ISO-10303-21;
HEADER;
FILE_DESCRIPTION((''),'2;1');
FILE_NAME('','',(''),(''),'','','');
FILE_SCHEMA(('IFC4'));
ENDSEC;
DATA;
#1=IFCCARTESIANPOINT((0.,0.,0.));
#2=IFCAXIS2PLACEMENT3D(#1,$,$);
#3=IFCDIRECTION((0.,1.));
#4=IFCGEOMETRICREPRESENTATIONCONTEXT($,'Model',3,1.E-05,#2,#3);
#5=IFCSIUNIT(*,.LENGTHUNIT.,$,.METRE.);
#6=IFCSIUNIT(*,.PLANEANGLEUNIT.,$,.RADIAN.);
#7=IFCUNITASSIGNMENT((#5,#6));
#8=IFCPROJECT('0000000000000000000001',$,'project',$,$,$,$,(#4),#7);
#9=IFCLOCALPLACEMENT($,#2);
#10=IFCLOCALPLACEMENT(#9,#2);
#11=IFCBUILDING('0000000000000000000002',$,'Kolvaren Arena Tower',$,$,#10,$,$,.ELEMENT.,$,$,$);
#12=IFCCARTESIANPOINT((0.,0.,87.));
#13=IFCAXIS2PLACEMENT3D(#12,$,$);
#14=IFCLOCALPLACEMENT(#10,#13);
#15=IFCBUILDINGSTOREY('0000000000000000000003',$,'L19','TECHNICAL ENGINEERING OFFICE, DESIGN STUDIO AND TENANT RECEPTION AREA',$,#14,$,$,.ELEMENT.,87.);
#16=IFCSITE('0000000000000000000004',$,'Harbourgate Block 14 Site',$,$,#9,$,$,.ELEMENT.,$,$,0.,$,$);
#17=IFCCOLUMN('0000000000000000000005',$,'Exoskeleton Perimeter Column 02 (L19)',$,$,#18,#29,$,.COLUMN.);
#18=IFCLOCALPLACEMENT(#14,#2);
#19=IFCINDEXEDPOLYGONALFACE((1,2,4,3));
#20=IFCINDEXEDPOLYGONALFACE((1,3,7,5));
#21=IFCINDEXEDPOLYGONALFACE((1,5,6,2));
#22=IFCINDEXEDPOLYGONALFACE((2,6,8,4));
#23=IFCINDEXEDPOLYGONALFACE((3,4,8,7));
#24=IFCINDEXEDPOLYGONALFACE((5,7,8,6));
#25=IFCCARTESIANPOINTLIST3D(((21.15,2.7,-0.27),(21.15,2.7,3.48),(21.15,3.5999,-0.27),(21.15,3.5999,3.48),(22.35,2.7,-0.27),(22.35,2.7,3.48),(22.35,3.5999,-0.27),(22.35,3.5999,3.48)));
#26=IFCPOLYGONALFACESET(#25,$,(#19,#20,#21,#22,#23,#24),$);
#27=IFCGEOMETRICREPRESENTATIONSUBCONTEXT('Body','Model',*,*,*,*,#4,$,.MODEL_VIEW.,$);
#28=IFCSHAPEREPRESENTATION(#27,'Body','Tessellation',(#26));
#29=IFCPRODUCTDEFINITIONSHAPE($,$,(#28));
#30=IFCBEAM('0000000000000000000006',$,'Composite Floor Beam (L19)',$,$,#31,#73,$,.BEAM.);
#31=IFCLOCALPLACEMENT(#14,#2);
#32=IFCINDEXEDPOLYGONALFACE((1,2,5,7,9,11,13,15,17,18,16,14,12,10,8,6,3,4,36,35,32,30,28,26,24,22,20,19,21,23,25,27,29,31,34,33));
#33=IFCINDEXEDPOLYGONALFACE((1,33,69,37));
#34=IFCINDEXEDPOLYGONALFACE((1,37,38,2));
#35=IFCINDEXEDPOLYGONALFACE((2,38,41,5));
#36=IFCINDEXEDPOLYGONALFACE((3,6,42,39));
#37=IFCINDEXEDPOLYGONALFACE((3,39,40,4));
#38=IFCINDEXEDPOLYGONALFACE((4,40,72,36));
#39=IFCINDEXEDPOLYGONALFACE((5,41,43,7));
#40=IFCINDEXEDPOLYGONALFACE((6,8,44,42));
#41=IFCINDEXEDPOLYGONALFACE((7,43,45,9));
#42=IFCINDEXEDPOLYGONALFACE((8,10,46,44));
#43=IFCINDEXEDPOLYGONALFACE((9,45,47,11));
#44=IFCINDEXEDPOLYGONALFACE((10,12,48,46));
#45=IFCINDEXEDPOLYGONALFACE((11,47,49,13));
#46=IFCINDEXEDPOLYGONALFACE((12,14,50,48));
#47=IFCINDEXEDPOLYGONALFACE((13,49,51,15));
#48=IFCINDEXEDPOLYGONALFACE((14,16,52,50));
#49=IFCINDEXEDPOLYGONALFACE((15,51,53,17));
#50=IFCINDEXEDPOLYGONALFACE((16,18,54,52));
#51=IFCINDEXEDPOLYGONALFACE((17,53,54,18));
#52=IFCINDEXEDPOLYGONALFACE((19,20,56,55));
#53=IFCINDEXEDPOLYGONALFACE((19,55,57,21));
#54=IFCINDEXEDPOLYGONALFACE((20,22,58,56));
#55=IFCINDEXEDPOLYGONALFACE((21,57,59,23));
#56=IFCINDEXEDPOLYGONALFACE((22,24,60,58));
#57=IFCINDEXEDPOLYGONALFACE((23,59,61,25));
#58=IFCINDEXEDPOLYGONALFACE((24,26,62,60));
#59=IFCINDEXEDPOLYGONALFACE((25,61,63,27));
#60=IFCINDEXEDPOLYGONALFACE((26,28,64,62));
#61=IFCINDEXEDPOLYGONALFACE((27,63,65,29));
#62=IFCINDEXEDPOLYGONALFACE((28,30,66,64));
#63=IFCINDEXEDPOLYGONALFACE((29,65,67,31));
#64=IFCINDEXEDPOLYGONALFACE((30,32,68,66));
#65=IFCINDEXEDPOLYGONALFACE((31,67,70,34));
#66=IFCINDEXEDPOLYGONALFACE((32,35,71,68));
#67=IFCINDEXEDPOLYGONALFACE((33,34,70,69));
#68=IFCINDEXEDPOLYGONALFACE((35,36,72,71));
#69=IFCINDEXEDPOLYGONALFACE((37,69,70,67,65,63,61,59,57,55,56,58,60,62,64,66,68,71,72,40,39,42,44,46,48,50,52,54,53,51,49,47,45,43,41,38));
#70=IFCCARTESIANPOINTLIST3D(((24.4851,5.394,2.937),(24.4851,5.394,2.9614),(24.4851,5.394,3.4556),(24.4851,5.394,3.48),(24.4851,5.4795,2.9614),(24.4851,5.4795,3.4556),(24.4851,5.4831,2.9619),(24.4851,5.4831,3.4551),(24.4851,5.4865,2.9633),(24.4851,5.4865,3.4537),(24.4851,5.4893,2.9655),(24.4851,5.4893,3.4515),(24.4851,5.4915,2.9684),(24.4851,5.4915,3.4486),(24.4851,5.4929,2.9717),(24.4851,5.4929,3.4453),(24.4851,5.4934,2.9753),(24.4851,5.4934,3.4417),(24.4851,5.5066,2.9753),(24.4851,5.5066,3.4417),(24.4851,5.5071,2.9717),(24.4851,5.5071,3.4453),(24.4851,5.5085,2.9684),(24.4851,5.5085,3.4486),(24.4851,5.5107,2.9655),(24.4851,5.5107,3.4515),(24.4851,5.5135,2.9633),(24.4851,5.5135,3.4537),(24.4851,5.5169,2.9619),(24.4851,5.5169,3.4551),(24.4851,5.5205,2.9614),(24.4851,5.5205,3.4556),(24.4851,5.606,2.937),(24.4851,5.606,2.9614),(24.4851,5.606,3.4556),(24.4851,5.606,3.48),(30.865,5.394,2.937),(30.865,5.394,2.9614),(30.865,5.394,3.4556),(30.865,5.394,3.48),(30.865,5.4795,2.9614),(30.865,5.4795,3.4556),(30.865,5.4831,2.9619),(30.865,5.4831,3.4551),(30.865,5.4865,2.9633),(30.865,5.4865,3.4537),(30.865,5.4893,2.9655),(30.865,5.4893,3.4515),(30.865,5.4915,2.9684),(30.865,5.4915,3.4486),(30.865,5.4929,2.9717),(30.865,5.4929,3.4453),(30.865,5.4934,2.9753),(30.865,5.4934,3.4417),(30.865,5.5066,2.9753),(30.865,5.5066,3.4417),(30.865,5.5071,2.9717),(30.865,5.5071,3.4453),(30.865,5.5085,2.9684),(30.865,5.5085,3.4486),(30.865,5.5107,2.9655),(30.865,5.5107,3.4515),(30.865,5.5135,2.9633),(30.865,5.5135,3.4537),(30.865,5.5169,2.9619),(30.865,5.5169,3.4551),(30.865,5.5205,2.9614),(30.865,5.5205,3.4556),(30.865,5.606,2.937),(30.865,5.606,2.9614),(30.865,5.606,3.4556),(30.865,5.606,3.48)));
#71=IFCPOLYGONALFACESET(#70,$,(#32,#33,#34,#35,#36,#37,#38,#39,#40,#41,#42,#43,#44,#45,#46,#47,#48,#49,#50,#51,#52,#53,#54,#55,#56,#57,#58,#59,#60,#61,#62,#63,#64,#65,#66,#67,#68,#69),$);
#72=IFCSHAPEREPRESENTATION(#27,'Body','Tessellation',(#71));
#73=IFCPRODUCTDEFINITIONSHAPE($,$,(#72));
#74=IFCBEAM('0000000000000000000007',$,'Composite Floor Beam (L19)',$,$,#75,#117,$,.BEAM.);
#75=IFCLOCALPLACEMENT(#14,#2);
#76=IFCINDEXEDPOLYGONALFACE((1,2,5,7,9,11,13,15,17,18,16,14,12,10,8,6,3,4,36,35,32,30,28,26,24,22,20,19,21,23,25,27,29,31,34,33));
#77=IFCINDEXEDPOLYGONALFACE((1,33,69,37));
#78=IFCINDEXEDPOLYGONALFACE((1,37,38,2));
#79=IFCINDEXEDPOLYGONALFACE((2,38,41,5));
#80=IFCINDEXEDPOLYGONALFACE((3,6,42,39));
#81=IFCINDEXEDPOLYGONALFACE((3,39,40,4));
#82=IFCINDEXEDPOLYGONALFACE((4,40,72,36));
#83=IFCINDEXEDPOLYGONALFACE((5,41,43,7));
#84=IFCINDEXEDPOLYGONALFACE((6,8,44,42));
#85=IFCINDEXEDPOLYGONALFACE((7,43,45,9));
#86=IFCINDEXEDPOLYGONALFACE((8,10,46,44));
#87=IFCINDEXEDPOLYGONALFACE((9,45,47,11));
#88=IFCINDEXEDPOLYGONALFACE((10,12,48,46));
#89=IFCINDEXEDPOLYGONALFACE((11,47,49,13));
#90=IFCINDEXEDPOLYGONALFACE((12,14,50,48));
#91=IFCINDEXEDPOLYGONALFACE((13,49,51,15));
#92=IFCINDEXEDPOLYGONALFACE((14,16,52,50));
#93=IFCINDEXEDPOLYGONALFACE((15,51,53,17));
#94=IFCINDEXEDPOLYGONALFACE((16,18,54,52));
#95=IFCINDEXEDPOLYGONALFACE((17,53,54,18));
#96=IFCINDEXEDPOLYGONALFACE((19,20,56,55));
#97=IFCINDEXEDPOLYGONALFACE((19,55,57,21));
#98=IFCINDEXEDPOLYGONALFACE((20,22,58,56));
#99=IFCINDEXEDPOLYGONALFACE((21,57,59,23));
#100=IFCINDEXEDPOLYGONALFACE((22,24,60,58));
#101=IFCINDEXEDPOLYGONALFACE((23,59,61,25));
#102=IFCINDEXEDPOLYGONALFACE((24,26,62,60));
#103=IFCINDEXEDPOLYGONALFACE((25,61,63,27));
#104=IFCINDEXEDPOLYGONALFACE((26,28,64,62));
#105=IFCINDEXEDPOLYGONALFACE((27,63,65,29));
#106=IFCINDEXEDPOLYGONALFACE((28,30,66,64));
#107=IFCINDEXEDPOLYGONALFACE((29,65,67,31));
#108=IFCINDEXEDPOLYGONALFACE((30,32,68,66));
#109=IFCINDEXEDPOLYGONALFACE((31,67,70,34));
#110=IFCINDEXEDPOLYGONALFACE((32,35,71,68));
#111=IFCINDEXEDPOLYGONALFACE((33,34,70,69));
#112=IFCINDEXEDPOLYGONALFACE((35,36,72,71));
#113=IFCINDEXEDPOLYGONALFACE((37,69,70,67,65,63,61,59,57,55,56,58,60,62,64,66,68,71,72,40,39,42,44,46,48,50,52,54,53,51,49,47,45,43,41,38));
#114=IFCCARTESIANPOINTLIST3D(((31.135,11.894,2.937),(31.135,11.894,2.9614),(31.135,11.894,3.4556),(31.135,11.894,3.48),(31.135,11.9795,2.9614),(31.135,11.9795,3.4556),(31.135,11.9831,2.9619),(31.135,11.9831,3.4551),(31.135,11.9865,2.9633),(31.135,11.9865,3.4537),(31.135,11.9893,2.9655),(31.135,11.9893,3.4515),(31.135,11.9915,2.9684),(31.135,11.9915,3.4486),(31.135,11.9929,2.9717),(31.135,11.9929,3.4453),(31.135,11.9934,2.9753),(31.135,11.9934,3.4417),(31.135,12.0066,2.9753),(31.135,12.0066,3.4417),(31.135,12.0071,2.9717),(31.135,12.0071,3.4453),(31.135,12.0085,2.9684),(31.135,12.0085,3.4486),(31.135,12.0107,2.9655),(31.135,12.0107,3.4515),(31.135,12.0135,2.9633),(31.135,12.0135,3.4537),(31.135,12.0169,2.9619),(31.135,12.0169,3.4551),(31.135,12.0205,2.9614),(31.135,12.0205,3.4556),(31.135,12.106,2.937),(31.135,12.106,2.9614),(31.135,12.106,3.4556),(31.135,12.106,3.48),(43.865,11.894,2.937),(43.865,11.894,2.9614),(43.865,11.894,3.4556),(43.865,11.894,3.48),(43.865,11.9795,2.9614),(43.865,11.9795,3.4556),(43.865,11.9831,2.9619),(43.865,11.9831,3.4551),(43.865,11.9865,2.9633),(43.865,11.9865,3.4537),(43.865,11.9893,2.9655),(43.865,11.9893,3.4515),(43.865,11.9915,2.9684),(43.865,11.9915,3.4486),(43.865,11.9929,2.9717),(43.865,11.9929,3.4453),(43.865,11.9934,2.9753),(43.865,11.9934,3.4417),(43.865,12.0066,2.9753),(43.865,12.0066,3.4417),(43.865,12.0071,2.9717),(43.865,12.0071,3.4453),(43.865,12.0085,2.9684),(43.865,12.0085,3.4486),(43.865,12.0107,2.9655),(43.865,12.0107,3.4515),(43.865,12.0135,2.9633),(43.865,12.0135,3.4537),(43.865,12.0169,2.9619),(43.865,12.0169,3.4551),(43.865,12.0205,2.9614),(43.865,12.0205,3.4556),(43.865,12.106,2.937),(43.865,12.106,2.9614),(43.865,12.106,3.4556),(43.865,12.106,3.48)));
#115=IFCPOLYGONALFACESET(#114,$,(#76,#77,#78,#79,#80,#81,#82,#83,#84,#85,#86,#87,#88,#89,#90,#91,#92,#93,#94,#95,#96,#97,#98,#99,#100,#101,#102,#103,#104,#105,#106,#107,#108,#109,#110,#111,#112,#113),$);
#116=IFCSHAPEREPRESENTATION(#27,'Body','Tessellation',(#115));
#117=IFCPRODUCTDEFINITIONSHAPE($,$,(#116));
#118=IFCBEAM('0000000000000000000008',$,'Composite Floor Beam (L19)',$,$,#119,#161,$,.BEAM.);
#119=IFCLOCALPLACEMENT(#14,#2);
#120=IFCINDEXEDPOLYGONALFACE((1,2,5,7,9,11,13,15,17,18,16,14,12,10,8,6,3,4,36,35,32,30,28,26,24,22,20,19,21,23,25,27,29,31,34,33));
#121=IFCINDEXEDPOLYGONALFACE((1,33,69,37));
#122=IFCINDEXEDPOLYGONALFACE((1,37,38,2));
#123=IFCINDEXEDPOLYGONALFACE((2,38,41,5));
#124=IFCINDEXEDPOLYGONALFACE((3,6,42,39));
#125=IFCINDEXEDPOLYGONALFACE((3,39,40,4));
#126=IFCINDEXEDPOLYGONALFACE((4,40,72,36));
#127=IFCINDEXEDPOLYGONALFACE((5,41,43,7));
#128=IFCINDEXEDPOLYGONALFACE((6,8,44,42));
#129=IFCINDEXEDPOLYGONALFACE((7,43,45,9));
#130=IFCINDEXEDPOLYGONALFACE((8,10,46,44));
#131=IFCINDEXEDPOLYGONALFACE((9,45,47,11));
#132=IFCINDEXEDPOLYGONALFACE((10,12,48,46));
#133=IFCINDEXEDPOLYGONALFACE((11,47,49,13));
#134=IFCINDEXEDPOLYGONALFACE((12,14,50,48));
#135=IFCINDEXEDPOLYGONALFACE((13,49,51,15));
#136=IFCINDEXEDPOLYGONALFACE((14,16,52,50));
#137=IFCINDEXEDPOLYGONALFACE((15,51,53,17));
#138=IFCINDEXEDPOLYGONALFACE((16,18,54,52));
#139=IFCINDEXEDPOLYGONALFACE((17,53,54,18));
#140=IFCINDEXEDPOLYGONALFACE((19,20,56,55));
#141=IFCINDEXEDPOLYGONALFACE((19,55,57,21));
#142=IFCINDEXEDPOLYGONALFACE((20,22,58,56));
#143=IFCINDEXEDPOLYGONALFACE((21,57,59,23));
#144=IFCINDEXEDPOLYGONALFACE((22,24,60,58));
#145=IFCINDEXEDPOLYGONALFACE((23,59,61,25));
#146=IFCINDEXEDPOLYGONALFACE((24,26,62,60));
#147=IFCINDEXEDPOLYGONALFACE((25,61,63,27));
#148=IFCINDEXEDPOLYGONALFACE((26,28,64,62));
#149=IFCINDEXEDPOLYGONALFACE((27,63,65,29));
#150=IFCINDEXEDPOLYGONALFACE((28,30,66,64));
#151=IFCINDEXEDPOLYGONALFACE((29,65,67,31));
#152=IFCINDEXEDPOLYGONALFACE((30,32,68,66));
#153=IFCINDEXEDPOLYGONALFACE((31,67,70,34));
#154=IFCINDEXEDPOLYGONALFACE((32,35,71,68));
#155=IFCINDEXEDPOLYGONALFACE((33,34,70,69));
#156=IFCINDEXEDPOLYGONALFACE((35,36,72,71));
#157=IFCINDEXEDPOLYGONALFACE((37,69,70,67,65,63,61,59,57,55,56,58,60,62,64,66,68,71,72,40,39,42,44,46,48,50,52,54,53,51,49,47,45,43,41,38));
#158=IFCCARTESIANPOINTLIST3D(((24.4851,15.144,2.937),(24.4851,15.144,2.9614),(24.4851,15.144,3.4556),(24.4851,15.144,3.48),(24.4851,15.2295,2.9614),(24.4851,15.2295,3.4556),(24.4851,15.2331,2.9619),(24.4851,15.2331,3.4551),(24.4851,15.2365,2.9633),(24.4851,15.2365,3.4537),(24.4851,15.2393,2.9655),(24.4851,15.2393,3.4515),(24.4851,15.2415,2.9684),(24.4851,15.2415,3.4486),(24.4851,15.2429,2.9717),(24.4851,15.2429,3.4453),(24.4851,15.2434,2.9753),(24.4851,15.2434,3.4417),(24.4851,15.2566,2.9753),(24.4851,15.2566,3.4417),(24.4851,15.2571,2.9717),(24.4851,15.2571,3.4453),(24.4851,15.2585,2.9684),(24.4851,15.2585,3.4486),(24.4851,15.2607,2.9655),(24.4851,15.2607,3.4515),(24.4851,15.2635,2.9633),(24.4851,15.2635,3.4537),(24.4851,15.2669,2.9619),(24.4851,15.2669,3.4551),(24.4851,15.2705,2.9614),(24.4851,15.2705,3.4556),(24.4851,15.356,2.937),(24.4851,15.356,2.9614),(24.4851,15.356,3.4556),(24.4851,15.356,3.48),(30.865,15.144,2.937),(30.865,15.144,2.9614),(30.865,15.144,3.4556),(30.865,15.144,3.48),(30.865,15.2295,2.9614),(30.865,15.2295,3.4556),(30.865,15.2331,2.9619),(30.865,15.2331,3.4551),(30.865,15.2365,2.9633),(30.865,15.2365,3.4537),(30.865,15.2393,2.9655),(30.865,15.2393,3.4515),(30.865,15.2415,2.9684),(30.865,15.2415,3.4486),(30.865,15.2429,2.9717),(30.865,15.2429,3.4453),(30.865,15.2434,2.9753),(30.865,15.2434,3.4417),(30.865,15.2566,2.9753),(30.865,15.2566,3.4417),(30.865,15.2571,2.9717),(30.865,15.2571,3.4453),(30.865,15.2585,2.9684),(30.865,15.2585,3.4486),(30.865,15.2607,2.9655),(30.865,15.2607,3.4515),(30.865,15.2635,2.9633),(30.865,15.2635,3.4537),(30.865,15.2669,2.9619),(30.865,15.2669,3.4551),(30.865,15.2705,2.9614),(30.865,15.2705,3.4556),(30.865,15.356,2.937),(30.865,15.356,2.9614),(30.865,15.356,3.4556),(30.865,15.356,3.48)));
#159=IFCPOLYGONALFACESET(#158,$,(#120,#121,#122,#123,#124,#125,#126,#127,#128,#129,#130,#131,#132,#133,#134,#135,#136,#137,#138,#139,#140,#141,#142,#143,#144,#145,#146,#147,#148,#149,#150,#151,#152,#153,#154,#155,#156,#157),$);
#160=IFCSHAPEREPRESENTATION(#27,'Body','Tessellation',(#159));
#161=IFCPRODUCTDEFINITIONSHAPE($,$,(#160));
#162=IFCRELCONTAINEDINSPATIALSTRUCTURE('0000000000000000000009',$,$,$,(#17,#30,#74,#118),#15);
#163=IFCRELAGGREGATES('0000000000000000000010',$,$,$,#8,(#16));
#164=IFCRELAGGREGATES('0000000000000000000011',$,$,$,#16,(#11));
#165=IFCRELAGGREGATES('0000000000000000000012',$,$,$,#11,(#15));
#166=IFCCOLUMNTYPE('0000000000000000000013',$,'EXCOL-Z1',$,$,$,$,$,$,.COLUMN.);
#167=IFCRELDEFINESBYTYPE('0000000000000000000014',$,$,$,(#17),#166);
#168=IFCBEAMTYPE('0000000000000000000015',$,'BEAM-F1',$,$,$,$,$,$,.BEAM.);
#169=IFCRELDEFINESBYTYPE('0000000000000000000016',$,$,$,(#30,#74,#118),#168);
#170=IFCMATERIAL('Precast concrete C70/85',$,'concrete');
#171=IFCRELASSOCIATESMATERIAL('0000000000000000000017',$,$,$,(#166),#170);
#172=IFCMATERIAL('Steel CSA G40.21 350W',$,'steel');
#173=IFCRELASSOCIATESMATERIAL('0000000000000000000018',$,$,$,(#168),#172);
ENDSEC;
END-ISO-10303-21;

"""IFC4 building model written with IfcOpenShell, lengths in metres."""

from ifc_helpers import new_model, si_unit, direction, frame, origin, origin_2d, place, context, subcontext, project, spatial, rectangle, i_section, extrude, material, material_profile, profile_set, type_object, element, save


model = new_model("IFC4")

# Units and contexts
model_context = context("Model", 3, precision=1e-05, world=origin(), true_north=direction((0.0, 1.0)))
body_context = subcontext(model_context, "Body", "Model", "MODEL_VIEW")
ifc_project = project(units=[si_unit("LENGTHUNIT", "METRE"), si_unit("PLANEANGLEUNIT", "RADIAN")], contexts=[model_context])

# Site, building, storey
site_placement = place(None, origin())
site = spatial("IfcSite", under=ifc_project, at=site_placement, Name="Harbourgate Block 14 Site", CompositionType="ELEMENT", RefElevation=0.0)
building_placement = place(site_placement, origin())
building = spatial("IfcBuilding", under=site, at=building_placement, Name="Kolvaren Arena Tower", CompositionType="ELEMENT")
storey_placement = place(building_placement, frame((0.0, 0.0, 87.0)))
storey = spatial("IfcBuildingStorey", under=building, at=storey_placement, Name="L19", Description="TECHNICAL ENGINEERING OFFICE, DESIGN STUDIO AND TENANT RECEPTION AREA", CompositionType="ELEMENT", Elevation=87.0)

# Column
ifc_material_1 = material(Name="Precast concrete C70/85", Category="concrete")
ifc_material_profile_1 = material_profile(ifc_material_1, rectangle(XDim=1.2, YDim=0.8999, at=origin_2d()), Name="RC-1200x900")
ifc_profile_set_1 = profile_set([ifc_material_profile_1], Name="Precast concrete C70/85")
column_type = type_object("IfcColumnType", Name="EXCOL-Z1", PredefinedType="COLUMN", material=ifc_profile_set_1)
column_placement = place(storey_placement, frame((21.75, 3.1499, -0.27), z_axis=(0.0, 0.0, 1.0), x_axis=(1.0, 0.0, 0.0)))
element("IfcColumn", 1, at=column_placement, inside=storey, type_object=column_type, Name="Exoskeleton Perimeter Column 02 (L19)", PredefinedType="COLUMN", context=body_context, shape_type="SweptSolid", body=[
    extrude(rectangle(XDim=1.2, YDim=0.8999, at=origin_2d()), origin(), (0.0, 0.0, 1.0), 3.75),
])

# Beams
ifc_material_2 = material(Name="Steel CSA G40.21 350W", Category="steel")
ifc_material_profile_2 = material_profile(ifc_material_2, i_section(OverallWidth=0.2119, OverallDepth=0.543, WebThickness=0.0132, FlangeThickness=0.0244, FilletRadius=0.0139, at=origin_2d()), Name="W530x150")
ifc_profile_set_2 = profile_set([ifc_material_profile_2], Name="Steel CSA G40.21 350W")
beam_type_1 = type_object("IfcBeamType", Name="BEAM-F1", PredefinedType="BEAM", material=ifc_profile_set_2)
beam_1_placement = place(storey_placement, frame((24.4851, 5.5, 3.2085), z_axis=(1.0, 0.0, 0.0), x_axis=(0.0, 1.0, 0.0)))
element("IfcBeam", 2, at=beam_1_placement, inside=storey, type_object=beam_type_1, Name="Composite Floor Beam (L19)", PredefinedType="BEAM", context=body_context, shape_type="SweptSolid", body=[
    extrude(i_section(OverallWidth=0.2119, OverallDepth=0.543, WebThickness=0.0132, FlangeThickness=0.0244, FilletRadius=0.0139, at=origin_2d()), origin(), (0.0, 0.0, 1.0), 6.3799),
])
beam_2_placement = place(storey_placement, frame((31.135, 12.0, 3.2085), z_axis=(1.0, 0.0, 0.0), x_axis=(0.0, 1.0, 0.0)))
element("IfcBeam", 3, at=beam_2_placement, inside=storey, type_object=beam_type_1, Name="Composite Floor Beam (L19)", PredefinedType="BEAM", context=body_context, shape_type="SweptSolid", body=[
    extrude(i_section(OverallWidth=0.2119, OverallDepth=0.543, WebThickness=0.0132, FlangeThickness=0.0244, FilletRadius=0.0139, at=origin_2d()), origin(), (0.0, 0.0, 1.0), 12.73),
])
beam_3_placement = place(storey_placement, frame((24.4851, 15.25, 3.2085), z_axis=(1.0, 0.0, 0.0), x_axis=(0.0, 1.0, 0.0)))
element("IfcBeam", 4, at=beam_3_placement, inside=storey, type_object=beam_type_1, Name="Composite Floor Beam (L19)", PredefinedType="BEAM", context=body_context, shape_type="SweptSolid", body=[
    extrude(i_section(OverallWidth=0.2119, OverallDepth=0.543, WebThickness=0.0132, FlangeThickness=0.0244, FilletRadius=0.0139, at=origin_2d()), origin(), (0.0, 0.0, 1.0), 6.3799),
])

save(model, "model.ifc")
